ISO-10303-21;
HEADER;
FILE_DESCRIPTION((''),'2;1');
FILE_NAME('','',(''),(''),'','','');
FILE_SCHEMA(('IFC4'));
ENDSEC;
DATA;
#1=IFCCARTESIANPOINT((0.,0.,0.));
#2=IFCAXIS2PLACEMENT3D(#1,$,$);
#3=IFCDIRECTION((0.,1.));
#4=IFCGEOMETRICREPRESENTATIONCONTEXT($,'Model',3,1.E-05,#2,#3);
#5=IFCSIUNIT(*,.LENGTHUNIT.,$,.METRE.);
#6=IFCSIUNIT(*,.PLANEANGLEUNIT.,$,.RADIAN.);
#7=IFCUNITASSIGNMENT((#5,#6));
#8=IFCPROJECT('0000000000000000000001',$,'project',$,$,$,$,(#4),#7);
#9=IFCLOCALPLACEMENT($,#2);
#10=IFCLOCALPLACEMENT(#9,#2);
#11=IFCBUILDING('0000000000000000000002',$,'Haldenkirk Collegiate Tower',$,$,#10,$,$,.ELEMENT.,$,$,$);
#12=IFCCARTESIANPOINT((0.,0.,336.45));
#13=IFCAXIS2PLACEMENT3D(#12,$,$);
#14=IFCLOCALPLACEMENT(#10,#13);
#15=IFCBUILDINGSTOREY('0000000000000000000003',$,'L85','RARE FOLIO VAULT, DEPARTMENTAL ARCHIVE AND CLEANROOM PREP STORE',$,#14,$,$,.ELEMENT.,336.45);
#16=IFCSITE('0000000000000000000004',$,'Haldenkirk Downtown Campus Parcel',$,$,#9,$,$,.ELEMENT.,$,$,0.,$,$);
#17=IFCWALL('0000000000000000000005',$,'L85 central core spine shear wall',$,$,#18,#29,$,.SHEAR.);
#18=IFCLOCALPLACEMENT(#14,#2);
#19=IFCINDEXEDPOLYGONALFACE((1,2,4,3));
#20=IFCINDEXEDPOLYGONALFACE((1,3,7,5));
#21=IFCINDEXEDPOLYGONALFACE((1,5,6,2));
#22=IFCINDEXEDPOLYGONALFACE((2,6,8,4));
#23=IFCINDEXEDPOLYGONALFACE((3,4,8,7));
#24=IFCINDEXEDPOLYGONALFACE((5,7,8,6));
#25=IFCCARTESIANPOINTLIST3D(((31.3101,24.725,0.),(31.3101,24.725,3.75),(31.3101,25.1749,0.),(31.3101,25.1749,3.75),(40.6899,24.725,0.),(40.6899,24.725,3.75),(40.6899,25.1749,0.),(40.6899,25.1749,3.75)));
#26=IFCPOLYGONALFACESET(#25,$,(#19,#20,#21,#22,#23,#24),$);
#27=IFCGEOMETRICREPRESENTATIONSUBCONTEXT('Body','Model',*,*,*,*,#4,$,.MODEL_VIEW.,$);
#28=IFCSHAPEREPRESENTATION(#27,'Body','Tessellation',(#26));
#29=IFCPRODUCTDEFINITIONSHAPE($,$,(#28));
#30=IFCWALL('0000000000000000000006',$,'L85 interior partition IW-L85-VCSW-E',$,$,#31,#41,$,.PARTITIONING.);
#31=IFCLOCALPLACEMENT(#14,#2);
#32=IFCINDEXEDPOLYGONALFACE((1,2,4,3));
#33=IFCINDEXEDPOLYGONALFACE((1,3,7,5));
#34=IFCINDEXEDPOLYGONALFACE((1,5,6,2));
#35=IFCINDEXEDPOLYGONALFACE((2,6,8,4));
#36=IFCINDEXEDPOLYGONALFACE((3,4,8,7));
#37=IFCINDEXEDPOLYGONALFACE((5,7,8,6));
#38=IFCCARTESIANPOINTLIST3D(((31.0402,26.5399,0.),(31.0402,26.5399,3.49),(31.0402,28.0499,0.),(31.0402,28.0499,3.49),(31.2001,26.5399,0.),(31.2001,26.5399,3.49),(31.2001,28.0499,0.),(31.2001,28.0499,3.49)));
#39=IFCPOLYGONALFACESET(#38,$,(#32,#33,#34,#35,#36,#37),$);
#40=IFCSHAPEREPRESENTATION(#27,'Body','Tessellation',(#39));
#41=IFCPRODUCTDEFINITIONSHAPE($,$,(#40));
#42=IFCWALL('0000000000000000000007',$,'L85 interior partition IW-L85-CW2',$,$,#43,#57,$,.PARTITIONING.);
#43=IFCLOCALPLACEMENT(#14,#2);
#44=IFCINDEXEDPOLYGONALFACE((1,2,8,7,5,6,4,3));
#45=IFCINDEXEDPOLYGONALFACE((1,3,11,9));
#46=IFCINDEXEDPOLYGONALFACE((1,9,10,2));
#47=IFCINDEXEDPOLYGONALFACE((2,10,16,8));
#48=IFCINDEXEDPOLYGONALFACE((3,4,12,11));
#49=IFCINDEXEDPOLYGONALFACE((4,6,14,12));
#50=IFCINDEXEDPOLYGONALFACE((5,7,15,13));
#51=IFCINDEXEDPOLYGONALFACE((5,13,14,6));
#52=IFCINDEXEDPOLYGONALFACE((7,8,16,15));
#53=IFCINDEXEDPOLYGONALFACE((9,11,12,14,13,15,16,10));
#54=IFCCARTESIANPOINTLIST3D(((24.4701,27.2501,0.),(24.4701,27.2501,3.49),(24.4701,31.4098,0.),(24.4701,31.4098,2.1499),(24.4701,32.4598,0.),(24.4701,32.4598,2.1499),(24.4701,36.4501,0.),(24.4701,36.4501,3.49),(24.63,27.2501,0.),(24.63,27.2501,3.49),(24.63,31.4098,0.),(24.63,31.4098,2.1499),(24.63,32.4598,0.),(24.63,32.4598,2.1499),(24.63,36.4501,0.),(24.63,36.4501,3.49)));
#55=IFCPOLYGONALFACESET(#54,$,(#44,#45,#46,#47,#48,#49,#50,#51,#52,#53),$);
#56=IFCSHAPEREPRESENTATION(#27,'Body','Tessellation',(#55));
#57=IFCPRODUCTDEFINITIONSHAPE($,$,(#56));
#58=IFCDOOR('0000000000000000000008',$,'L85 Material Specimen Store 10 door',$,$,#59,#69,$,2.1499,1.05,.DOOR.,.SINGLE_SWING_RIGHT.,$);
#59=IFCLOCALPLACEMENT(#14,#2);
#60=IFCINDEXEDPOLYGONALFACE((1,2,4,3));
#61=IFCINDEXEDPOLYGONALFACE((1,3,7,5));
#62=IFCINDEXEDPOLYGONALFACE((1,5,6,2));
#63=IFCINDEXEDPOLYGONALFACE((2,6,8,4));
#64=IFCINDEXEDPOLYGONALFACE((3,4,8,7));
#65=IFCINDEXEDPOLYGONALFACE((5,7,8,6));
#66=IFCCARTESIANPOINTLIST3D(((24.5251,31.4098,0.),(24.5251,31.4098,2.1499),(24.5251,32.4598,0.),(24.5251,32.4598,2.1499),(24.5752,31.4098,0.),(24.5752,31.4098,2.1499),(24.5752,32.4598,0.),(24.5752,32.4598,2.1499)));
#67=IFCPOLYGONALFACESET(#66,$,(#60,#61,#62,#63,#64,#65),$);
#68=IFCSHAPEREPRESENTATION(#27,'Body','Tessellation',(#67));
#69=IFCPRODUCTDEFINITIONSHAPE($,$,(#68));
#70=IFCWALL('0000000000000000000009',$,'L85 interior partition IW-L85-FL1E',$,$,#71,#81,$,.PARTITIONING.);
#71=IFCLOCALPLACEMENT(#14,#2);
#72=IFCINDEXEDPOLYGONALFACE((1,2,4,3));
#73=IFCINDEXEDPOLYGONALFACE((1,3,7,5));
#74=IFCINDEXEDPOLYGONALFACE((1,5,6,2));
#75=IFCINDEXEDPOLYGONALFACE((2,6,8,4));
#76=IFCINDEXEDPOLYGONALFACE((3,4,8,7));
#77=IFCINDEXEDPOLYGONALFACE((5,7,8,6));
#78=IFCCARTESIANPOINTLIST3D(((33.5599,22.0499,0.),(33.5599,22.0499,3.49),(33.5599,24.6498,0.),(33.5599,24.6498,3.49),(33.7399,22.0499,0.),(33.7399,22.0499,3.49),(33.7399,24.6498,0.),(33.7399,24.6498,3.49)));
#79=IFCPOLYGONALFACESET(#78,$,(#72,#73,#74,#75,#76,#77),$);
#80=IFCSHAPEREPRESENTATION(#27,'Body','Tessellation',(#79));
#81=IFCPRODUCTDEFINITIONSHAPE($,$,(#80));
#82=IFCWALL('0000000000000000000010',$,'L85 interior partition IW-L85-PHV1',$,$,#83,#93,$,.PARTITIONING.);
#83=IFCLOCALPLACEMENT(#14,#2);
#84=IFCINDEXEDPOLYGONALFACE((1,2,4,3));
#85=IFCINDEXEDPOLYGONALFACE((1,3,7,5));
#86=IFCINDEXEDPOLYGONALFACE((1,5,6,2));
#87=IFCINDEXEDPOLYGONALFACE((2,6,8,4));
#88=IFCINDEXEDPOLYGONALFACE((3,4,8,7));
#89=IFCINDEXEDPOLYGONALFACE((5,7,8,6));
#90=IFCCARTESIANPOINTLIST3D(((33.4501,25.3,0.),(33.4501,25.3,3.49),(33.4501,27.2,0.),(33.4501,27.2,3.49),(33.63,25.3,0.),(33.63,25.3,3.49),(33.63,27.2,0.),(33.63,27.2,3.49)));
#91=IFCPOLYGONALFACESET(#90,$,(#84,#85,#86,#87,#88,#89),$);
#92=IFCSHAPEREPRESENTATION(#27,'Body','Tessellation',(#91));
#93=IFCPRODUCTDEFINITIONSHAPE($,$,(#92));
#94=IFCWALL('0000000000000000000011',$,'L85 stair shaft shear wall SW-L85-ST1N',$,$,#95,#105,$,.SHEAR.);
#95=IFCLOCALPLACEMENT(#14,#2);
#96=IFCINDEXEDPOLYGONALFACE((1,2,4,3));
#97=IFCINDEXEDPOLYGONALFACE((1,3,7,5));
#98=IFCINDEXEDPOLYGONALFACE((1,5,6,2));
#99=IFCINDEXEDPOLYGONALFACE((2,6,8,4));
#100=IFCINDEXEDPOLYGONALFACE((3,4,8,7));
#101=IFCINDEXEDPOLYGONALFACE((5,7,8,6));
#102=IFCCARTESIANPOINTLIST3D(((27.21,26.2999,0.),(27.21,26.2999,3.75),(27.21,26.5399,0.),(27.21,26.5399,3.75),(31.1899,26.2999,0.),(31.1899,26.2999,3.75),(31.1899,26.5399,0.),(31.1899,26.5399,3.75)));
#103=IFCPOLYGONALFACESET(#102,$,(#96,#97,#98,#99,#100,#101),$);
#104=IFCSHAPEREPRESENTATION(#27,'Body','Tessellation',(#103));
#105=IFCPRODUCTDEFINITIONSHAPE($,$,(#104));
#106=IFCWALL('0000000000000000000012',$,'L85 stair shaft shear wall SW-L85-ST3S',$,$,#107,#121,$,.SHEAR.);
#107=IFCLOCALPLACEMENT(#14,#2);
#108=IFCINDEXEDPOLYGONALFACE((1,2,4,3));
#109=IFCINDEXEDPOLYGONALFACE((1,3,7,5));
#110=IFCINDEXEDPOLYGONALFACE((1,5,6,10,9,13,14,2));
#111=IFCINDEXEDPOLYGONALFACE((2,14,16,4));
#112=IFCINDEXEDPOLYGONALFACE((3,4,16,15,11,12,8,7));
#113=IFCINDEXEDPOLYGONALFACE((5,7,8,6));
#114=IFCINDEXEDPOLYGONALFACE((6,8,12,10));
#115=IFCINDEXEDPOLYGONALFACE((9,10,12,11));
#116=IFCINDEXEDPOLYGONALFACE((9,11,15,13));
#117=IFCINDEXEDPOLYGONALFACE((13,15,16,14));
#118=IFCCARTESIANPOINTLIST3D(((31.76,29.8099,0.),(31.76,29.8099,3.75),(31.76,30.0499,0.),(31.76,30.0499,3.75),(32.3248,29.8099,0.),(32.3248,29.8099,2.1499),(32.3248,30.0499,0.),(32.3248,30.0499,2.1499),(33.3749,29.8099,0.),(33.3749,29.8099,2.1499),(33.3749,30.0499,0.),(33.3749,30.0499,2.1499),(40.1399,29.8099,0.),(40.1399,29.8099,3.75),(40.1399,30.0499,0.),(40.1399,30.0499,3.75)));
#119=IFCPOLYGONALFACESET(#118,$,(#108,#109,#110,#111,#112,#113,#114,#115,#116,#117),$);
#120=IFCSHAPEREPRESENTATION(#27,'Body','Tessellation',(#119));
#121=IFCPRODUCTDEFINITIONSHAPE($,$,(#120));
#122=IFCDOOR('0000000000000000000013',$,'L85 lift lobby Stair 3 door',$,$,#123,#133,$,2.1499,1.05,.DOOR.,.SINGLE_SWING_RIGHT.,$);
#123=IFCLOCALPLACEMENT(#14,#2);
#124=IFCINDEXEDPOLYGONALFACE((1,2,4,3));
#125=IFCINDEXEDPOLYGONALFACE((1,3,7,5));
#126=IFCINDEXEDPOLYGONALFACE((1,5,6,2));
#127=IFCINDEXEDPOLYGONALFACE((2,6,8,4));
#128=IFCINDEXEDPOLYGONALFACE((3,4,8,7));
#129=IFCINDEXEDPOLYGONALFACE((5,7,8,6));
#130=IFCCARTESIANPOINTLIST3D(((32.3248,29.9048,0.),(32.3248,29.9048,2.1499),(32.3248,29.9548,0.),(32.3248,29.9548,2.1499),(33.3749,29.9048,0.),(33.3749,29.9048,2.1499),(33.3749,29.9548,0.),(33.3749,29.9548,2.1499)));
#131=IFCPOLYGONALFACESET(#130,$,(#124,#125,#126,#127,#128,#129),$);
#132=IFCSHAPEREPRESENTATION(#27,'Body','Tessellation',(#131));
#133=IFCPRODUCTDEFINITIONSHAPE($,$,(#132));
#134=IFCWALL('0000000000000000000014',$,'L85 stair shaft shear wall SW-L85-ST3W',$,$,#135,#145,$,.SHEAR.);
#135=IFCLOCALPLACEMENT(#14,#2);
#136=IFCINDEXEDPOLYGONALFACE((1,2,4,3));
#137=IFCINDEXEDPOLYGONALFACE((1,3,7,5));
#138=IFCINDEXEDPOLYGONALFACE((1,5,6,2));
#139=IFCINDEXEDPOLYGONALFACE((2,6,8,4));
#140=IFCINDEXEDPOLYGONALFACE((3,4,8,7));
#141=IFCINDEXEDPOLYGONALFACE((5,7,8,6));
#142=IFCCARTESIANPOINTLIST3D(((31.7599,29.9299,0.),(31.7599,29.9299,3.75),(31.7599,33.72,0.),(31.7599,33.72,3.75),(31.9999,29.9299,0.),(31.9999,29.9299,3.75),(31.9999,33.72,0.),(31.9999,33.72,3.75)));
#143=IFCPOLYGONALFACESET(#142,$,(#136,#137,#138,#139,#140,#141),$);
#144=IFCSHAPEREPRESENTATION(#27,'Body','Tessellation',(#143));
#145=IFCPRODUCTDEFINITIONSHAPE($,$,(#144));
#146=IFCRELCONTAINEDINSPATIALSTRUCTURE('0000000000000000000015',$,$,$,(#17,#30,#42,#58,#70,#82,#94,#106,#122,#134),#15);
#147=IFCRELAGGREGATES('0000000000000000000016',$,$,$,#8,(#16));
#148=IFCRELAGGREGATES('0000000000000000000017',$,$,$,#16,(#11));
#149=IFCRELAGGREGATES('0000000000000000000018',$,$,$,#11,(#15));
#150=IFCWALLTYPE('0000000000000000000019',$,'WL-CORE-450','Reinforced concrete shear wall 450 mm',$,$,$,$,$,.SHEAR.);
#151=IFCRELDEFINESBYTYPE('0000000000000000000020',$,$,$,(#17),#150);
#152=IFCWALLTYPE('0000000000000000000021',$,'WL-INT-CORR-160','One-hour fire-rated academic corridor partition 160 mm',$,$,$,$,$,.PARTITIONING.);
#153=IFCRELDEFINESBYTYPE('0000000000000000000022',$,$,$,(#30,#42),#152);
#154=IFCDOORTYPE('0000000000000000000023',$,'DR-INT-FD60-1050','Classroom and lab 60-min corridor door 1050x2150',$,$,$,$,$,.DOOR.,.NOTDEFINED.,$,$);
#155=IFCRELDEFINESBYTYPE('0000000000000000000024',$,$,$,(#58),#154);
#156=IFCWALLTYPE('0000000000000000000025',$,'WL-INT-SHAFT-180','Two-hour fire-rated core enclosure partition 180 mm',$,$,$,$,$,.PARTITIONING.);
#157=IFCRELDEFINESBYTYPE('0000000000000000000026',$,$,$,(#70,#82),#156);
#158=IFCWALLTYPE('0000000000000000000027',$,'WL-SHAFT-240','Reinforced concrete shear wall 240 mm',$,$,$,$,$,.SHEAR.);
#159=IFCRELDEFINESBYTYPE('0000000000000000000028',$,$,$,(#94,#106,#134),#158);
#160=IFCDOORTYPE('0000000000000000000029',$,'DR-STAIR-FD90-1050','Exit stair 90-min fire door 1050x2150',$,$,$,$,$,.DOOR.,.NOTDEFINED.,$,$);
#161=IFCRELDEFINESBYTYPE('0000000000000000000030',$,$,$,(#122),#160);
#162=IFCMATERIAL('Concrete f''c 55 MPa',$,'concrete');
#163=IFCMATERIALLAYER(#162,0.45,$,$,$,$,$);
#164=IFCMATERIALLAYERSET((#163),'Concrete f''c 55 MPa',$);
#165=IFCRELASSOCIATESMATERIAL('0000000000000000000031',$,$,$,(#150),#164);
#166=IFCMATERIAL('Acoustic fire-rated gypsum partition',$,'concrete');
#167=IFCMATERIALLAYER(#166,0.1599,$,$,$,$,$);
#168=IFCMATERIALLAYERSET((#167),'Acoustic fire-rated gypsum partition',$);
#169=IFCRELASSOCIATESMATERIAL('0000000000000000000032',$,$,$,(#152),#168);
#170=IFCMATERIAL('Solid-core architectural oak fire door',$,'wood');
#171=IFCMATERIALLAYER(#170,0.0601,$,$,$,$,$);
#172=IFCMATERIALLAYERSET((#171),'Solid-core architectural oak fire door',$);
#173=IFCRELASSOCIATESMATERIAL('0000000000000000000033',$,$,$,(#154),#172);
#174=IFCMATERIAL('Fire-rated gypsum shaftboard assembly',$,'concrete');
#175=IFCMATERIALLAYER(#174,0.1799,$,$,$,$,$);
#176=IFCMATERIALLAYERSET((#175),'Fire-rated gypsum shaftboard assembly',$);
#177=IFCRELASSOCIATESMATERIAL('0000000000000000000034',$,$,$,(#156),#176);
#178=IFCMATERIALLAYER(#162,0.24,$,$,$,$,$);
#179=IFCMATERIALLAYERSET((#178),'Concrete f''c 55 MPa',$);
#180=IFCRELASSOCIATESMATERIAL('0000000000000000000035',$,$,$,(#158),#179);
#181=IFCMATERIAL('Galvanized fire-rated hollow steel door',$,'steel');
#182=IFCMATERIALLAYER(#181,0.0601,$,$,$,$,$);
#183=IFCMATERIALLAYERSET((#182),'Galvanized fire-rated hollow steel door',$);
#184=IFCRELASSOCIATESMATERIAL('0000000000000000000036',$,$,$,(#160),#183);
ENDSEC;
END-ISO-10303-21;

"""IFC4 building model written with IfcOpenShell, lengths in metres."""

from ifc_helpers import new_model, si_unit, direction, frame, frame_2d, origin, place, context, subcontext, project, spatial, rectangle, extrude, material, layer, layer_set, type_object, element, fill, save


model = new_model("IFC4")

# Units and contexts
model_context = context("Model", 3, precision=1e-05, world=origin(), true_north=direction((0.0, 1.0)))
body_context = subcontext(model_context, "Body", "Model", "MODEL_VIEW")
ifc_project = project(units=[si_unit("LENGTHUNIT", "METRE"), si_unit("PLANEANGLEUNIT", "RADIAN")], contexts=[model_context])

# Site, building, storey
site_placement = place(None, origin())
site = spatial("IfcSite", under=ifc_project, at=site_placement, Name="Haldenkirk Downtown Campus Parcel", CompositionType="ELEMENT", RefElevation=0.0)
building_placement = place(site_placement, origin())
building = spatial("IfcBuilding", under=site, at=building_placement, Name="Haldenkirk Collegiate Tower", CompositionType="ELEMENT")
storey_placement = place(building_placement, frame((0.0, 0.0, 336.45)))
storey = spatial("IfcBuildingStorey", under=building, at=storey_placement, Name="L85", Description="RARE FOLIO VAULT, DEPARTMENTAL ARCHIVE AND CLEANROOM PREP STORE", CompositionType="ELEMENT", Elevation=336.45)

# Wall
ifc_material_1 = material(Name="Concrete f'c 55 MPa", Category="concrete")
ifc_layer_1 = layer(ifc_material_1, 0.45)
ifc_layer_set_1 = layer_set([ifc_layer_1], Name="Concrete f'c 55 MPa")
wall_type_1 = type_object("IfcWallType", Name="WL-CORE-450", Description="Reinforced concrete shear wall 450 mm", PredefinedType="SHEAR", material=ifc_layer_set_1)
wall_1_placement = place(storey_placement, frame((31.3101, 24.95, 0.0), z_axis=(0.0, 0.0, 1.0), x_axis=(1.0, 0.0, 0.0)))
element("IfcWall", 1, at=wall_1_placement, inside=storey, type_object=wall_type_1, Name="L85 central core spine shear wall", PredefinedType="SHEAR", context=body_context, shape_type="SweptSolid", body=[
    extrude(rectangle(XDim=9.3799, YDim=0.45, at=frame_2d((4.6899, 0.0))), origin(), (0.0, 0.0, 1.0), 3.75),
])

# Shared definitions
ifc_material_2 = material(Name="Acoustic fire-rated gypsum partition", Category="concrete")
ifc_layer_2 = layer(ifc_material_2, 0.1599)
ifc_layer_set_2 = layer_set([ifc_layer_2], Name="Acoustic fire-rated gypsum partition")
wall_type_2 = type_object("IfcWallType", Name="WL-INT-CORR-160", Description="One-hour fire-rated academic corridor partition 160 mm", PredefinedType="PARTITIONING", material=ifc_layer_set_2)
ifc_material_3 = material(Name="Solid-core architectural oak fire door", Category="wood")

# Wall
wall_2_placement = place(storey_placement, frame((31.1201, 26.54, 0.0), z_axis=(0.0, 0.0, 1.0), x_axis=(0.0, 1.0, 0.0)))
element("IfcWall", 2, at=wall_2_placement, inside=storey, type_object=wall_type_2, Name="L85 interior partition IW-L85-VCSW-E", PredefinedType="PARTITIONING", context=body_context, shape_type="SweptSolid", body=[
    extrude(rectangle(XDim=1.51, YDim=0.1599, at=frame_2d((0.7549, 0.0))), origin(), (0.0, 0.0, 1.0), 3.49),
])

# Wall, opening, door
wall_3_placement = place(storey_placement, frame((24.55, 27.25, 0.0), z_axis=(0.0, 0.0, 1.0), x_axis=(0.0, 1.0, 0.0)))
wall_3 = element("IfcWall", 3, at=wall_3_placement, inside=storey, type_object=wall_type_2, Name="L85 interior partition IW-L85-CW2", PredefinedType="PARTITIONING", context=body_context, shape_type="SweptSolid", body=[
    extrude(rectangle(XDim=9.2, YDim=0.1599, at=frame_2d((4.6001, 0.0))), origin(), (0.0, 0.0, 1.0), 3.49),
])
opening_1_placement = place(wall_3_placement, frame((4.1599, 0.0, 0.0)))
opening_1 = element("IfcOpeningElement", 4, at=opening_1_placement, cuts=wall_3, PredefinedType="OPENING", context=body_context, shape_type="SweptSolid", body=[
    extrude(rectangle(XDim=1.05, YDim=2.1499, at=frame_2d((0.5249, 1.075))), frame((0.0, 0.0898, 0.0), z_axis=(0.0, -1.0, 0.0), x_axis=(1.0, 0.0, 0.0)), (0.0, 0.0, 1.0), 0.1799),
])
ifc_layer_3 = layer(ifc_material_3, 0.0601)
ifc_layer_set_3 = layer_set([ifc_layer_3], Name="Solid-core architectural oak fire door")
door_type_1 = type_object("IfcDoorType", Name="DR-INT-FD60-1050", Description="Classroom and lab 60-min corridor door 1050x2150", OperationType="NOTDEFINED", PredefinedType="DOOR", material=ifc_layer_set_3)
door_1_placement = place(opening_1_placement, origin())
door_1 = element("IfcDoor", 5, at=door_1_placement, inside=storey, type_object=door_type_1, Name="L85 Material Specimen Store 10 door", OperationType="SINGLE_SWING_RIGHT", OverallHeight=2.1499, OverallWidth=1.05, PredefinedType="DOOR", context=body_context, shape_type="SweptSolid", body=[
    extrude(rectangle(XDim=1.05, YDim=2.1499, at=frame_2d((0.5249, 1.075))), frame((0.0, 0.0249, 0.0), z_axis=(0.0, -1.0, 0.0), x_axis=(1.0, 0.0, 0.0)), (0.0, 0.0, 1.0), 0.05),
])
fill(opening_1, door_1)

# Wall
ifc_material_4 = material(Name="Fire-rated gypsum shaftboard assembly", Category="concrete")
ifc_layer_4 = layer(ifc_material_4, 0.1799)
ifc_layer_set_4 = layer_set([ifc_layer_4], Name="Fire-rated gypsum shaftboard assembly")
wall_type_3 = type_object("IfcWallType", Name="WL-INT-SHAFT-180", Description="Two-hour fire-rated core enclosure partition 180 mm", PredefinedType="PARTITIONING", material=ifc_layer_set_4)
wall_4_placement = place(storey_placement, frame((33.6499, 22.05, 0.0), z_axis=(0.0, 0.0, 1.0), x_axis=(0.0, 1.0, 0.0)))
element("IfcWall", 6, at=wall_4_placement, inside=storey, type_object=wall_type_3, Name="L85 interior partition IW-L85-FL1E", PredefinedType="PARTITIONING", context=body_context, shape_type="SweptSolid", body=[
    extrude(rectangle(XDim=2.5999, YDim=0.1799, at=frame_2d((1.2998, 0.0))), origin(), (0.0, 0.0, 1.0), 3.49),
])

# Wall
wall_5_placement = place(storey_placement, frame((33.54, 25.3, 0.0), z_axis=(0.0, 0.0, 1.0), x_axis=(0.0, 1.0, 0.0)))
element("IfcWall", 7, at=wall_5_placement, inside=storey, type_object=wall_type_3, Name="L85 interior partition IW-L85-PHV1", PredefinedType="PARTITIONING", context=body_context, shape_type="SweptSolid", body=[
    extrude(rectangle(XDim=1.8999, YDim=0.1799, at=frame_2d((0.95, 0.0))), origin(), (0.0, 0.0, 1.0), 3.49),
])

# Shared definitions
ifc_material_5 = material(Name="Galvanized fire-rated hollow steel door", Category="steel")

# Wall
ifc_layer_5 = layer(ifc_material_1, 0.24)
ifc_layer_set_5 = layer_set([ifc_layer_5], Name="Concrete f'c 55 MPa")
wall_type_4 = type_object("IfcWallType", Name="WL-SHAFT-240", Description="Reinforced concrete shear wall 240 mm", PredefinedType="SHEAR", material=ifc_layer_set_5)
wall_6_placement = place(storey_placement, frame((27.21, 26.4199, 0.0), z_axis=(0.0, 0.0, 1.0), x_axis=(1.0, 0.0, 0.0)))
element("IfcWall", 8, at=wall_6_placement, inside=storey, type_object=wall_type_4, Name="L85 stair shaft shear wall SW-L85-ST1N", PredefinedType="SHEAR", context=body_context, shape_type="SweptSolid", body=[
    extrude(rectangle(XDim=3.98, YDim=0.24, at=frame_2d((1.99, 0.0))), origin(), (0.0, 0.0, 1.0), 3.75),
])

# Wall, opening, door
wall_7_placement = place(storey_placement, frame((31.76, 29.9299, 0.0), z_axis=(0.0, 0.0, 1.0), x_axis=(1.0, 0.0, 0.0)))
wall_7 = element("IfcWall", 9, at=wall_7_placement, inside=storey, type_object=wall_type_4, Name="L85 stair shaft shear wall SW-L85-ST3S", PredefinedType="SHEAR", context=body_context, shape_type="SweptSolid", body=[
    extrude(rectangle(XDim=8.3799, YDim=0.24, at=frame_2d((4.1899, 0.0))), origin(), (0.0, 0.0, 1.0), 3.75),
])
opening_2_placement = place(wall_7_placement, frame((0.5649, 0.0, 0.0)))
opening_2 = element("IfcOpeningElement", 10, at=opening_2_placement, cuts=wall_7, PredefinedType="OPENING", context=body_context, shape_type="SweptSolid", body=[
    extrude(rectangle(XDim=1.05, YDim=2.1499, at=frame_2d((0.5249, 1.075))), frame((0.0, 0.1299, 0.0), z_axis=(0.0, -1.0, 0.0), x_axis=(1.0, 0.0, 0.0)), (0.0, 0.0, 1.0), 0.26),
])
ifc_layer_6 = layer(ifc_material_5, 0.0601)
ifc_layer_set_6 = layer_set([ifc_layer_6], Name="Galvanized fire-rated hollow steel door")
door_type_2 = type_object("IfcDoorType", Name="DR-STAIR-FD90-1050", Description="Exit stair 90-min fire door 1050x2150", OperationType="NOTDEFINED", PredefinedType="DOOR", material=ifc_layer_set_6)
door_2_placement = place(opening_2_placement, origin())
door_2 = element("IfcDoor", 11, at=door_2_placement, inside=storey, type_object=door_type_2, Name="L85 lift lobby Stair 3 door", OperationType="SINGLE_SWING_RIGHT", OverallHeight=2.1499, OverallWidth=1.05, PredefinedType="DOOR", context=body_context, shape_type="SweptSolid", body=[
    extrude(rectangle(XDim=1.05, YDim=2.1499, at=frame_2d((0.5249, 1.075))), frame((0.0, 0.0249, 0.0), z_axis=(0.0, -1.0, 0.0), x_axis=(1.0, 0.0, 0.0)), (0.0, 0.0, 1.0), 0.05),
])
fill(opening_2, door_2)

# Wall
wall_8_placement = place(storey_placement, frame((31.8799, 29.9299, 0.0), z_axis=(0.0, 0.0, 1.0), x_axis=(0.0, 1.0, 0.0)))
element("IfcWall", 12, at=wall_8_placement, inside=storey, type_object=wall_type_4, Name="L85 stair shaft shear wall SW-L85-ST3W", PredefinedType="SHEAR", context=body_context, shape_type="SweptSolid", body=[
    extrude(rectangle(XDim=3.79, YDim=0.24, at=frame_2d((1.895, 0.0))), origin(), (0.0, 0.0, 1.0), 3.75),
])

save(model, "model.ifc")
